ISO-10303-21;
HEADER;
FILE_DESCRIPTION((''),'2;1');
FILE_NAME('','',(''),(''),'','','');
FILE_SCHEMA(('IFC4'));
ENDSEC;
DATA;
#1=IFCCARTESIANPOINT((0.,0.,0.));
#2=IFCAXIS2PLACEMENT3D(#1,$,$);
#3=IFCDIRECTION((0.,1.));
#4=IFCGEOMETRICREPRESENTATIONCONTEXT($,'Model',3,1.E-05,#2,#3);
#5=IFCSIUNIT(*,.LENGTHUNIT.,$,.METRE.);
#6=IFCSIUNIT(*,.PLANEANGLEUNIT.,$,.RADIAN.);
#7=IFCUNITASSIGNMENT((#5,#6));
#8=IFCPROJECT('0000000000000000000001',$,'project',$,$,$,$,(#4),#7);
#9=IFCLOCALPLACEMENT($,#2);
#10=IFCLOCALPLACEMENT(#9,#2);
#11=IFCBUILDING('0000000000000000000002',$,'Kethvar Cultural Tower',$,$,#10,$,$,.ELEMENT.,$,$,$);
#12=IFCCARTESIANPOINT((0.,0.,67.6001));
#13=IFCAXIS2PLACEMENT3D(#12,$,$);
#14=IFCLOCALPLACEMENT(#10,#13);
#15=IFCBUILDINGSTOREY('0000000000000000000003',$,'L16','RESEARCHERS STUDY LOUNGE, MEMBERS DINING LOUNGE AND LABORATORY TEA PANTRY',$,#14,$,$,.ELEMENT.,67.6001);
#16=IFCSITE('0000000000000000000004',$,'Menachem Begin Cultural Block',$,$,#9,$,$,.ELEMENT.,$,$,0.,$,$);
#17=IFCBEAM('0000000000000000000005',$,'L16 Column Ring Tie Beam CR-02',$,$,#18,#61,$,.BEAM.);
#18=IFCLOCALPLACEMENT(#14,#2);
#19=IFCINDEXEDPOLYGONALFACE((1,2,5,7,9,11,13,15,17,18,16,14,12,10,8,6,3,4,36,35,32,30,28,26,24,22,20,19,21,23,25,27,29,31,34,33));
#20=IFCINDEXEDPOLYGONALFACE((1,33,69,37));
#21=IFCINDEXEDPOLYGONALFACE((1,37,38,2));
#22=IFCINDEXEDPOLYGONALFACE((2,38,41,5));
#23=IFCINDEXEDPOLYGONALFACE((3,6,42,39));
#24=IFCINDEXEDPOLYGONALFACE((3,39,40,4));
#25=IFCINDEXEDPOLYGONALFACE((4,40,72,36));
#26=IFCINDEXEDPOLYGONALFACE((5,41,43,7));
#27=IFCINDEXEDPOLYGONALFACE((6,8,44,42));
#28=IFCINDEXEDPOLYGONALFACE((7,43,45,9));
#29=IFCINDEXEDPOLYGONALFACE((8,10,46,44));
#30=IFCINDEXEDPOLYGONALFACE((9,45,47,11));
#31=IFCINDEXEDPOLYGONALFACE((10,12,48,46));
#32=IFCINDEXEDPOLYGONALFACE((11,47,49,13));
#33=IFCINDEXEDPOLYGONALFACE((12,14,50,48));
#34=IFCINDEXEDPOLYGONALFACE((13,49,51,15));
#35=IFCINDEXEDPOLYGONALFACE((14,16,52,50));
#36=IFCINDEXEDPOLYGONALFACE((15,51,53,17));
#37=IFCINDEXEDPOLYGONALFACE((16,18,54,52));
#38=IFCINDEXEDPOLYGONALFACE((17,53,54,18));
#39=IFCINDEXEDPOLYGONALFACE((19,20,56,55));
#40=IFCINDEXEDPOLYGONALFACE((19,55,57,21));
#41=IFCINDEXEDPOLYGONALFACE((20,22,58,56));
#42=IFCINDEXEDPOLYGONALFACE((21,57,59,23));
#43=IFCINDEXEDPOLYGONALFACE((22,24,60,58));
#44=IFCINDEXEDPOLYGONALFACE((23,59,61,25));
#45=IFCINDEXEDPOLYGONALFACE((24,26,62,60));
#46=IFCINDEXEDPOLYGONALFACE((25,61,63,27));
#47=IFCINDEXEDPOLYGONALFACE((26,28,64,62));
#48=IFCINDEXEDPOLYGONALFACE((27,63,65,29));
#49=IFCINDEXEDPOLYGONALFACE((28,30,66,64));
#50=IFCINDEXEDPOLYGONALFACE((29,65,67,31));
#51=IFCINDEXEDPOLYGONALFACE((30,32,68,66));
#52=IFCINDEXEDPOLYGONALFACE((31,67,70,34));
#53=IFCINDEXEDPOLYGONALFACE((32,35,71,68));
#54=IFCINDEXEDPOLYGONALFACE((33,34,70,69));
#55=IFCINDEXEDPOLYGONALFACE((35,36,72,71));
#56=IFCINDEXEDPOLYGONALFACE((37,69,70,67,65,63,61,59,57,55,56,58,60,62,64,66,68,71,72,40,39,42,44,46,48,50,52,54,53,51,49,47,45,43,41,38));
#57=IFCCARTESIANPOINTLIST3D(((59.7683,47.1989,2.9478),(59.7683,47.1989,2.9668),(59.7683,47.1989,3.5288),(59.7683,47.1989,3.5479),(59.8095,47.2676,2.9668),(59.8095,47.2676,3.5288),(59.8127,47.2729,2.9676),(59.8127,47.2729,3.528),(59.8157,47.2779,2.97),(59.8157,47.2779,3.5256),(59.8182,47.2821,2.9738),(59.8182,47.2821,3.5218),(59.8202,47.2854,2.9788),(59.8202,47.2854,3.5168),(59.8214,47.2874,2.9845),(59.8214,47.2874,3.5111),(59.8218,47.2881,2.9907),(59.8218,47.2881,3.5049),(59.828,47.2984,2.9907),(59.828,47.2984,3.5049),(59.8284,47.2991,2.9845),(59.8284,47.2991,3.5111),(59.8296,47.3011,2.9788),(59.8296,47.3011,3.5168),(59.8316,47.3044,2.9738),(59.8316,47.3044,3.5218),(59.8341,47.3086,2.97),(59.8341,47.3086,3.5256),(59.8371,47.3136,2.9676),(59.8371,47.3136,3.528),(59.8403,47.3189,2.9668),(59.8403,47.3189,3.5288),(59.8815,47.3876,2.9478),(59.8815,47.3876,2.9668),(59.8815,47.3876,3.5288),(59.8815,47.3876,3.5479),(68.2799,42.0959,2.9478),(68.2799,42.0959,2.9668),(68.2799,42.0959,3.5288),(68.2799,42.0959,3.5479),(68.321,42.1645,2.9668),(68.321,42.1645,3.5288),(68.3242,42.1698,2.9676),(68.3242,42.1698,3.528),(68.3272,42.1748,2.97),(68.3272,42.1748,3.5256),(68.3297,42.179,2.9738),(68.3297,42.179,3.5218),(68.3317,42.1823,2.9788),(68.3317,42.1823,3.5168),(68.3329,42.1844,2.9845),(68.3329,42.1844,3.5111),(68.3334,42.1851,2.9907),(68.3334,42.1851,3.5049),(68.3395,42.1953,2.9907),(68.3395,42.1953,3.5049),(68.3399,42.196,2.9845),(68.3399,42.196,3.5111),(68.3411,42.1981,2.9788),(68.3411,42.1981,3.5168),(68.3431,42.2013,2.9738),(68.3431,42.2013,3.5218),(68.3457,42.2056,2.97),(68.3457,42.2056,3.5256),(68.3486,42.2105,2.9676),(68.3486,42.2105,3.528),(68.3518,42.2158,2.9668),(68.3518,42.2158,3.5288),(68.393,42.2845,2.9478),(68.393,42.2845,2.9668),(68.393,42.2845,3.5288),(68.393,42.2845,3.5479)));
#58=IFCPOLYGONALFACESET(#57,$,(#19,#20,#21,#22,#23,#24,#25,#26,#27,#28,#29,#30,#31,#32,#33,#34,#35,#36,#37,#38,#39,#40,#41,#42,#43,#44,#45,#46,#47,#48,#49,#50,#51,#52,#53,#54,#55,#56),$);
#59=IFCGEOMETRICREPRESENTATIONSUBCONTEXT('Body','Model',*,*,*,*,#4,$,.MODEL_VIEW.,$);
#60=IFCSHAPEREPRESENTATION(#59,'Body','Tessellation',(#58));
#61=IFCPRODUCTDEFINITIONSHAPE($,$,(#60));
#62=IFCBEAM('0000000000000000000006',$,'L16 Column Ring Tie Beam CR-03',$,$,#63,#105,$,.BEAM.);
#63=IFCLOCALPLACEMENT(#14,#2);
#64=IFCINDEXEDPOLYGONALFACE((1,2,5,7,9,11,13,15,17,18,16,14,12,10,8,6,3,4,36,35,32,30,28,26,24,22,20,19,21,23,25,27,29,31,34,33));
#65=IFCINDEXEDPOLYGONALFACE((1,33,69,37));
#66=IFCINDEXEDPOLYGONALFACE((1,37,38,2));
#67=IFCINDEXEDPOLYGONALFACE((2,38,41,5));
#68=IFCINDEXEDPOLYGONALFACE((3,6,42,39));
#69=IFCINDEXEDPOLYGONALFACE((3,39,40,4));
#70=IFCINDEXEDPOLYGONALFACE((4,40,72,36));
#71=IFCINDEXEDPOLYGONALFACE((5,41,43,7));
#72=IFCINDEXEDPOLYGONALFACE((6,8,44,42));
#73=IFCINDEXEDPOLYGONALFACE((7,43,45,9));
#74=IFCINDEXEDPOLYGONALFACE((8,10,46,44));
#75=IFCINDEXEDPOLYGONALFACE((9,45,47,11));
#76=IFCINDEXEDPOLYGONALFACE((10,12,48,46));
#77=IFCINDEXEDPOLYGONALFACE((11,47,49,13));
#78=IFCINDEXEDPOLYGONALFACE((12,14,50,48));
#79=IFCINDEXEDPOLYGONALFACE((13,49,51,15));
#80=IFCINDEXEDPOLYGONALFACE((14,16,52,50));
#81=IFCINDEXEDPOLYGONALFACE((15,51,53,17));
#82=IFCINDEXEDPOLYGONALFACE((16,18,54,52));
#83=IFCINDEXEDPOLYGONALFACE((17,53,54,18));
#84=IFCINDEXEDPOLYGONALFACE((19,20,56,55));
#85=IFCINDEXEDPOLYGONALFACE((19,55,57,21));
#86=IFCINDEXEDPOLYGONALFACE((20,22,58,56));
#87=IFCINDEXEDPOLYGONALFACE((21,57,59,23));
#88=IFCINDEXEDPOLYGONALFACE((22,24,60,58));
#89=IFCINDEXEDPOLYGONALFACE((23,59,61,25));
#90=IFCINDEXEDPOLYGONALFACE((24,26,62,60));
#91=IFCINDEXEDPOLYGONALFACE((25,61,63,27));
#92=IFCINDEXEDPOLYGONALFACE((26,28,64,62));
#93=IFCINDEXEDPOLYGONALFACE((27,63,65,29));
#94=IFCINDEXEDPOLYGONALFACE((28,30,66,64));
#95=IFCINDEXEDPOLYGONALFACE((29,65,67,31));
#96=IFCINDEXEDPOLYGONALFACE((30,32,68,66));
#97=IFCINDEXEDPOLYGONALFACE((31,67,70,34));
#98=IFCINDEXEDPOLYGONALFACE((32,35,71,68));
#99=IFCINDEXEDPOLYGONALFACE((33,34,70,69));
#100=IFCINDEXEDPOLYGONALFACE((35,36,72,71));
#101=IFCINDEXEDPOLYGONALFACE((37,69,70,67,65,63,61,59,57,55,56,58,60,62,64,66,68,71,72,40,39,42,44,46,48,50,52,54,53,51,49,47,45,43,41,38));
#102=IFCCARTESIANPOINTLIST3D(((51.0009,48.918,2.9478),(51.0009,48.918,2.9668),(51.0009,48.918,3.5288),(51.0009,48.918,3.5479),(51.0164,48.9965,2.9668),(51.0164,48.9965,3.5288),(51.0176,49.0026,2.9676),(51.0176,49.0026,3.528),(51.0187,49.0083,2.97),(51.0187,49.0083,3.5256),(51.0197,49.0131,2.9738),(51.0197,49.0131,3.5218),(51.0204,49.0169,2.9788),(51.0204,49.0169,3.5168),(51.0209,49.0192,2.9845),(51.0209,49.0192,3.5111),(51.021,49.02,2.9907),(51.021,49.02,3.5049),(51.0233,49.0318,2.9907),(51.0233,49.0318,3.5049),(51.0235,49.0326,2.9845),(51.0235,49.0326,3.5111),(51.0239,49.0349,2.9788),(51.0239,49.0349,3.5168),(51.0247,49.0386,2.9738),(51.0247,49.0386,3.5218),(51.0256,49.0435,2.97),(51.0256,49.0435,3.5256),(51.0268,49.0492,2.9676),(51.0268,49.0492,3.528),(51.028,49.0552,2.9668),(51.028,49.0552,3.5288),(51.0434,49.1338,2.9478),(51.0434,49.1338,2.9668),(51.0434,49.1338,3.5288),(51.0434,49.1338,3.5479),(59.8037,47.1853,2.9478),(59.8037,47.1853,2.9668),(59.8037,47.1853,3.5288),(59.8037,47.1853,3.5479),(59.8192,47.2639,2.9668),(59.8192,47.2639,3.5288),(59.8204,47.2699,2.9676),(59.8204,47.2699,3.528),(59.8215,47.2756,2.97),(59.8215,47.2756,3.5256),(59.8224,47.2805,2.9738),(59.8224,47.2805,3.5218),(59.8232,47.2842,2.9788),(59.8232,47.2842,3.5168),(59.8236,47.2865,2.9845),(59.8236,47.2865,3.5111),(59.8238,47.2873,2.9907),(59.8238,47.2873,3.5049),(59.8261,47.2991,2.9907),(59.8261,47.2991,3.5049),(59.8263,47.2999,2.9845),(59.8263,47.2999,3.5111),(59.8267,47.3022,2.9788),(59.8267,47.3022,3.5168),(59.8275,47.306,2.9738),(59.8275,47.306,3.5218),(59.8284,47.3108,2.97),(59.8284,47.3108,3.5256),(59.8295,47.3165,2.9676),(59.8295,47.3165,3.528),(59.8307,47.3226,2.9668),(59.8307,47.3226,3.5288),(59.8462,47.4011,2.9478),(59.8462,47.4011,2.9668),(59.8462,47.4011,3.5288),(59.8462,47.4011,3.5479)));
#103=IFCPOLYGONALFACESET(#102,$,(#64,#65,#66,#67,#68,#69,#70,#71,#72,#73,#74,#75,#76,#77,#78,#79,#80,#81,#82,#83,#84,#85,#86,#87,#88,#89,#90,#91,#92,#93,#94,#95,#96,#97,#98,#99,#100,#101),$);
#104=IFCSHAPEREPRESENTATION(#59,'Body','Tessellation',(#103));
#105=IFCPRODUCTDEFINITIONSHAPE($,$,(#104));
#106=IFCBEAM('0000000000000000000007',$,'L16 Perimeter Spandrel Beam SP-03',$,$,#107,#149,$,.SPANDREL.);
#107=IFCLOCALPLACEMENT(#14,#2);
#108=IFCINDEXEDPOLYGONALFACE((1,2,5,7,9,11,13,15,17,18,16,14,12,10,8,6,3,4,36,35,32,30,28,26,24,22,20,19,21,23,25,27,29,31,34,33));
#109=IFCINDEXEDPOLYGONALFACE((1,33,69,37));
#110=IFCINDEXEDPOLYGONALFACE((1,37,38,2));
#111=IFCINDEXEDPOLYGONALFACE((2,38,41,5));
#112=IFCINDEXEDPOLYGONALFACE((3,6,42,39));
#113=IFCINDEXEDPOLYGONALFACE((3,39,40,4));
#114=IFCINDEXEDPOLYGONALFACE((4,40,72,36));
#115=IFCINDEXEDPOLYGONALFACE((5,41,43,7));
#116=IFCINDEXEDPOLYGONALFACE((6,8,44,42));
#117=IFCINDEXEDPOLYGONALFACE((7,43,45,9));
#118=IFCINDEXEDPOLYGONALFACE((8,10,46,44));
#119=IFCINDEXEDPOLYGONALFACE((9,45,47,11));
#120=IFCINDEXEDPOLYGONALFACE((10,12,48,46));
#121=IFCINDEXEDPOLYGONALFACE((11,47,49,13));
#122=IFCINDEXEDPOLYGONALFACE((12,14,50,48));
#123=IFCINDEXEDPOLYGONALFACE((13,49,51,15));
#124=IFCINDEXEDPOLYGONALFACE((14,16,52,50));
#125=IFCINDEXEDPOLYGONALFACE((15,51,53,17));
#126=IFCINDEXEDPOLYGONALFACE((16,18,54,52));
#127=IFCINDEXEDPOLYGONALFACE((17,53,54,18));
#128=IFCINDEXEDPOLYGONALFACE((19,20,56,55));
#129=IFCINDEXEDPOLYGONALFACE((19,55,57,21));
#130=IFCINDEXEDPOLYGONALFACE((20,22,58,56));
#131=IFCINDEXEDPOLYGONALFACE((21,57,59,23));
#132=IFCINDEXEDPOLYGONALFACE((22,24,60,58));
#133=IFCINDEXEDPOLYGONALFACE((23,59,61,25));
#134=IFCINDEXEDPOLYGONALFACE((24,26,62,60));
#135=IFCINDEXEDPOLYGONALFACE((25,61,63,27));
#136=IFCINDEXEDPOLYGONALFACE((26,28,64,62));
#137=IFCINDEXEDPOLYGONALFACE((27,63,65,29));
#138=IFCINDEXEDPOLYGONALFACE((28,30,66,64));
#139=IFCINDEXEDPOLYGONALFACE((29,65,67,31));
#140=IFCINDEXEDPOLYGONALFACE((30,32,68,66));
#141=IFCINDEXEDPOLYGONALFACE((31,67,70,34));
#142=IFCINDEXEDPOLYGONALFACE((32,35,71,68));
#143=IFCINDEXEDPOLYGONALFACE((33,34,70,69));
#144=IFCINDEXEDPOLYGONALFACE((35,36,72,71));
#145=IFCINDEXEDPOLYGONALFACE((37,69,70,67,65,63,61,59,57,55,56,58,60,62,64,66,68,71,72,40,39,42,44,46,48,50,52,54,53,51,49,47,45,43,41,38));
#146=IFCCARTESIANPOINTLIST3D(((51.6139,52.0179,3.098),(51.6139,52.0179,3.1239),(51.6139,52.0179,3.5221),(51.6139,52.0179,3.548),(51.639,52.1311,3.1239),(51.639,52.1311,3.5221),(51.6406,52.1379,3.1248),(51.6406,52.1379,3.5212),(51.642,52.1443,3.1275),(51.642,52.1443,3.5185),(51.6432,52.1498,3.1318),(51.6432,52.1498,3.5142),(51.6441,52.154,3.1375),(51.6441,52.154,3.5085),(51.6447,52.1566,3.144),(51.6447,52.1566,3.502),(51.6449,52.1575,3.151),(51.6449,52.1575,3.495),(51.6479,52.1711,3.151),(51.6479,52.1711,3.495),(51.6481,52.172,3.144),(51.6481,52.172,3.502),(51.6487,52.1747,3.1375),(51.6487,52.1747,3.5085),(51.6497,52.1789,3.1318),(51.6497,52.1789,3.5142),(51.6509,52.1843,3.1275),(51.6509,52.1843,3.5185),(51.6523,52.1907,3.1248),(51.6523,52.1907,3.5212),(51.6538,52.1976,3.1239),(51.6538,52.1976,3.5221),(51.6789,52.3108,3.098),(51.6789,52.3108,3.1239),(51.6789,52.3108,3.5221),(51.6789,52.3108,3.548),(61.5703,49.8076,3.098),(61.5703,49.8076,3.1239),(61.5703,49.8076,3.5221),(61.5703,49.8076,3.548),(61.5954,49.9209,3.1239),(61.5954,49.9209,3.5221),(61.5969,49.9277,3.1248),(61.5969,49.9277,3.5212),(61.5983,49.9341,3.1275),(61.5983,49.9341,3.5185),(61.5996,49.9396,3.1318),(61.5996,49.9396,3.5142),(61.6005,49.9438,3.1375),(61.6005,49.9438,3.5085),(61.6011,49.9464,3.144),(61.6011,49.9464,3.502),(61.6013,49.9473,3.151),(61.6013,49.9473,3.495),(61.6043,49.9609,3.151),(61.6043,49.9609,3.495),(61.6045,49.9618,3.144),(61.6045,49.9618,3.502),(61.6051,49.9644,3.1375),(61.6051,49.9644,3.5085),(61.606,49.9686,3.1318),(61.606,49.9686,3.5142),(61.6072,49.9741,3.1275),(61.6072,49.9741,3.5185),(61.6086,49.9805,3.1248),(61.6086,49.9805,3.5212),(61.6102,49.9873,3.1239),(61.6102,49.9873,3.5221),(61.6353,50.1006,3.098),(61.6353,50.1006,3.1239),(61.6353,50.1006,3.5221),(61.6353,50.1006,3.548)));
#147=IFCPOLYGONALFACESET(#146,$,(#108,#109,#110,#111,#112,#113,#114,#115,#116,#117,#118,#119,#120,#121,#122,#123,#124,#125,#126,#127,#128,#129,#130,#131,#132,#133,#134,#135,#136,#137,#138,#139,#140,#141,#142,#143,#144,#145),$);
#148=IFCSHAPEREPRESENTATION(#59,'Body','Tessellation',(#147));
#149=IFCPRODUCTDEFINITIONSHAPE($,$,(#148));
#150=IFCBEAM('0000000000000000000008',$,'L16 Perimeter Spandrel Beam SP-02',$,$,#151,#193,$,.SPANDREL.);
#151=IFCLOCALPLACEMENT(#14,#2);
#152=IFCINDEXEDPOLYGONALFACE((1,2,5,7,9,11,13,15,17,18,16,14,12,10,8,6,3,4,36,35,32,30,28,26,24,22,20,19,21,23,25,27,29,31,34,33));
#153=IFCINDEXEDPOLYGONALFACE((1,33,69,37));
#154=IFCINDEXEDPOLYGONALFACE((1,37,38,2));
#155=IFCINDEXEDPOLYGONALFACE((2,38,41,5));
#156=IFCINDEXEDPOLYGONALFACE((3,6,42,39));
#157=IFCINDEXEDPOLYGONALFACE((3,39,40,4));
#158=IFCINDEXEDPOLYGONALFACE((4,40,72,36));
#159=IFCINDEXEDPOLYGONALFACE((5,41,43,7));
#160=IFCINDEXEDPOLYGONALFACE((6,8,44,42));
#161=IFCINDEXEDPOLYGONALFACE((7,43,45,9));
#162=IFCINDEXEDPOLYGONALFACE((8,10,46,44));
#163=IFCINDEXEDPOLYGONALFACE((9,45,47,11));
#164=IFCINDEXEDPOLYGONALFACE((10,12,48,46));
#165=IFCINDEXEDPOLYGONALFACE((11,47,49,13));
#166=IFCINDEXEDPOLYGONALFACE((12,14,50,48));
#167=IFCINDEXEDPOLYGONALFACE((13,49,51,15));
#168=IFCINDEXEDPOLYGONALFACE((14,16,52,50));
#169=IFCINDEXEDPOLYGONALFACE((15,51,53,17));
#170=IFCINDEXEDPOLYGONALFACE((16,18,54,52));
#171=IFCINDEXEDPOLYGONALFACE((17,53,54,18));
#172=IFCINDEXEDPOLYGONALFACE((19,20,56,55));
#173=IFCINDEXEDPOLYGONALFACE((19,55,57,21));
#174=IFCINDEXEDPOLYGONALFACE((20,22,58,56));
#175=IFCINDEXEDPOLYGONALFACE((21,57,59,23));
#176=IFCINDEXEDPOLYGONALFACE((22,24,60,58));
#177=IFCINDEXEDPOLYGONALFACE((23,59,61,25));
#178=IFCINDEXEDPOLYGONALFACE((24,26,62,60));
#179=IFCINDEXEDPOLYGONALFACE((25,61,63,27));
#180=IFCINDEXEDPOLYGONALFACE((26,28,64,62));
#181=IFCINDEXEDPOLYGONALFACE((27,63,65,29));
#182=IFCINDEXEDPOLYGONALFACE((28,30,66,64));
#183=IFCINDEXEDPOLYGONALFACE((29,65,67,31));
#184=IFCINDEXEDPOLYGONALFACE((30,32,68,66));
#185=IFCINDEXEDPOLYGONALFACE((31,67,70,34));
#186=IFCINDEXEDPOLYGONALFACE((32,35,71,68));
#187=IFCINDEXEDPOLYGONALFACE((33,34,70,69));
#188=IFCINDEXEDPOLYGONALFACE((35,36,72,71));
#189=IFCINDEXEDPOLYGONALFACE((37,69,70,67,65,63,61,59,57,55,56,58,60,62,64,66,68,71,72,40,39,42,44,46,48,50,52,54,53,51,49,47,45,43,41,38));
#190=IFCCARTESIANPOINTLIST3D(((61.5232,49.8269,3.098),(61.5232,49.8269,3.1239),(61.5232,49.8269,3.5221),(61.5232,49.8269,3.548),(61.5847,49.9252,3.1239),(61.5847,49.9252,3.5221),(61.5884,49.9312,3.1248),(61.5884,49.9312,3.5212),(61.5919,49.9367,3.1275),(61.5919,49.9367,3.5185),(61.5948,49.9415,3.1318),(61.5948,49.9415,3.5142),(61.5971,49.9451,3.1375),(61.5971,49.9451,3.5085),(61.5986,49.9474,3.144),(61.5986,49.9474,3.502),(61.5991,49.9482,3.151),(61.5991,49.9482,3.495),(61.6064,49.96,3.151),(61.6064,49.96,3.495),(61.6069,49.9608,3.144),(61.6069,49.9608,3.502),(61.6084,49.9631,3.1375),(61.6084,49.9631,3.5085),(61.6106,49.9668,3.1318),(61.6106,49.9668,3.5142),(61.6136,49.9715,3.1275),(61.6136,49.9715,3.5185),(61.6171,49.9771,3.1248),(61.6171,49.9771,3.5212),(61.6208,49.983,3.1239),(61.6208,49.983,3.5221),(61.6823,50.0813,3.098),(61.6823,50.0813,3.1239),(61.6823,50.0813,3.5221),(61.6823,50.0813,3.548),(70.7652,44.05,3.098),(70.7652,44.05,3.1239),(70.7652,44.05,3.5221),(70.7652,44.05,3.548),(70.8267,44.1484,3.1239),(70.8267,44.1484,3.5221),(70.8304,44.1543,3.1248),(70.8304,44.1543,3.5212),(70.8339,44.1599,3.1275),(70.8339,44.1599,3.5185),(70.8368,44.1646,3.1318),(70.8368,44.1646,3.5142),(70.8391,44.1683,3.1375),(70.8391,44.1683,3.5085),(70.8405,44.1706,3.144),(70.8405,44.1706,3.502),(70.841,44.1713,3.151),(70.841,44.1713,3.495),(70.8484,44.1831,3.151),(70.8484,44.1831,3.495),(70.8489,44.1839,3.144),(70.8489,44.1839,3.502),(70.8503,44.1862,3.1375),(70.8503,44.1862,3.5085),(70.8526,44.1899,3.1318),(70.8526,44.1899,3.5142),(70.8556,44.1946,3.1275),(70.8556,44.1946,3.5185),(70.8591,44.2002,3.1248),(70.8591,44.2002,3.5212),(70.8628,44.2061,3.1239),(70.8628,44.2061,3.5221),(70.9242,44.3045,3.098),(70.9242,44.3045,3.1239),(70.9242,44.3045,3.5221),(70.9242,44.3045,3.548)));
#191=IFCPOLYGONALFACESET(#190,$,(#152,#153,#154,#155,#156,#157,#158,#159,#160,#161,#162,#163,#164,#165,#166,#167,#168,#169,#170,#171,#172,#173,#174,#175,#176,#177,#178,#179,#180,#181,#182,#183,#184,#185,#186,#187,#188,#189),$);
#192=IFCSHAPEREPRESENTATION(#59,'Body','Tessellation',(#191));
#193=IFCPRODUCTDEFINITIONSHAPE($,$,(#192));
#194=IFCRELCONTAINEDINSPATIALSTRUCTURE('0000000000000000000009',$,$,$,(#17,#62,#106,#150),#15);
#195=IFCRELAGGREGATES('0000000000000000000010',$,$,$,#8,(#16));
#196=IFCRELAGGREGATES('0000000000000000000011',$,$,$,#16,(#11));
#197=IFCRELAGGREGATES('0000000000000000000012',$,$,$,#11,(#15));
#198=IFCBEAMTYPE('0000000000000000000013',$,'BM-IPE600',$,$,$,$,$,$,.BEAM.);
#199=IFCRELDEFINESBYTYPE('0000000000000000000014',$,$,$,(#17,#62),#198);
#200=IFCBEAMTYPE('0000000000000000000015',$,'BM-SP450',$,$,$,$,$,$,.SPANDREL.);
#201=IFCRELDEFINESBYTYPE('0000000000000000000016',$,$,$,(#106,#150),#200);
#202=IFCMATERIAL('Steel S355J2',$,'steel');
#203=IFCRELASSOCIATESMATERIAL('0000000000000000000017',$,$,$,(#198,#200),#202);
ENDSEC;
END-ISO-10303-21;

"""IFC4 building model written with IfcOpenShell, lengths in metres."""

from ifc_helpers import new_model, si_unit, direction, frame, origin, origin_2d, place, context, subcontext, project, spatial, i_section, extrude, source, transform, mapped, material, material_profile, profile_set, type_object, element, save


model = new_model("IFC4")

# Units and contexts
model_context = context("Model", 3, precision=1e-05, world=origin(), true_north=direction((0.0, 1.0)))
body_context = subcontext(model_context, "Body", "Model", "MODEL_VIEW")
ifc_project = project(units=[si_unit("LENGTHUNIT", "METRE"), si_unit("PLANEANGLEUNIT", "RADIAN")], contexts=[model_context])

# Site, building, storey
site_placement = place(None, origin())
site = spatial("IfcSite", under=ifc_project, at=site_placement, Name="Menachem Begin Cultural Block", CompositionType="ELEMENT", RefElevation=0.0)
building_placement = place(site_placement, origin())
building = spatial("IfcBuilding", under=site, at=building_placement, Name="Kethvar Cultural Tower", CompositionType="ELEMENT")
storey_placement = place(building_placement, frame((0.0, 0.0, 67.6001)))
storey = spatial("IfcBuildingStorey", under=building, at=storey_placement, Name="L16", Description="RESEARCHERS STUDY LOUNGE, MEMBERS DINING LOUNGE AND LABORATORY TEA PANTRY", CompositionType="ELEMENT", Elevation=67.6001)

# Beams
ifc_material_1 = material(Name="Steel S355J2", Category="steel")
ifc_material_profile_1 = material_profile(ifc_material_1, i_section(OverallWidth=0.22, OverallDepth=0.6001, WebThickness=0.012, FlangeThickness=0.019, FilletRadius=0.0239, at=origin_2d()), Name="Steel S355J2 — IPE600")
ifc_profile_set_1 = profile_set([ifc_material_profile_1], Name="Steel S355J2 — IPE600")
beam_type_1 = type_object("IfcBeamType", Name="BM-IPE600", PredefinedType="BEAM", material=ifc_profile_set_1)
shared_shape_1 = source(origin(), body_context, "Body", "SweptSolid", [
    extrude(i_section(OverallWidth=0.22, OverallDepth=0.6001, WebThickness=0.012, FlangeThickness=0.019, FilletRadius=0.0239, at=origin_2d()), origin(), (0.0, 0.0, 1.0), 9.9241),
])
beam_1_placement = place(storey_placement, frame((68.3364, 42.1902, 3.2478), z_axis=(-0.857664, 0.51421, 0.0), x_axis=(-0.51421, -0.857664, 0.0)))
element("IfcBeam", 1, at=beam_1_placement, inside=storey, type_object=beam_type_1, Name="L16 Column Ring Tie Beam CR-02", PredefinedType="BEAM", context=body_context, shape_type="MappedRepresentation", body=[
    mapped(shared_shape_1, transform((0.0, 0.0, 0.0), scale=1.0)),
])
shared_shape_2 = source(origin(), body_context, "Body", "SweptSolid", [
    extrude(i_section(OverallWidth=0.22, OverallDepth=0.6001, WebThickness=0.012, FlangeThickness=0.019, FilletRadius=0.0239, at=origin_2d()), origin(), (0.0, 0.0, 1.0), 8.9717),
])
beam_2_placement = place(storey_placement, frame((59.825, 47.2932, 3.2478), z_axis=(-0.981174, 0.193127, 0.0), x_axis=(-0.193127, -0.981174, 0.0)))
element("IfcBeam", 2, at=beam_2_placement, inside=storey, type_object=beam_type_1, Name="L16 Column Ring Tie Beam CR-03", PredefinedType="BEAM", context=body_context, shape_type="MappedRepresentation", body=[
    mapped(shared_shape_2, transform((0.0, 0.0, 0.0), scale=1.0)),
])
ifc_material_profile_2 = material_profile(ifc_material_1, i_section(OverallWidth=0.3, OverallDepth=0.45, WebThickness=0.0139, FlangeThickness=0.0259, FilletRadius=0.0271, at=origin_2d()), Name="Steel S355J2 — HEB450")
ifc_profile_set_2 = profile_set([ifc_material_profile_2], Name="Steel S355J2 — HEB450")
beam_type_2 = type_object("IfcBeamType", Name="BM-SP450", PredefinedType="SPANDREL", material=ifc_profile_set_2)
shared_shape_3 = source(origin(), body_context, "Body", "SweptSolid", [
    extrude(i_section(OverallWidth=0.3, OverallDepth=0.45, WebThickness=0.0139, FlangeThickness=0.0259, FilletRadius=0.0271, at=origin_2d()), origin(), (0.0, 0.0, 1.0), 10.1987),
])
beam_3_placement = place(storey_placement, frame((61.6028, 49.9541, 3.323), z_axis=(-0.976235, 0.216715, 0.0), x_axis=(-0.216715, -0.976235, 0.0)))
element("IfcBeam", 3, at=beam_3_placement, inside=storey, type_object=beam_type_2, Name="L16 Perimeter Spandrel Beam SP-03", PredefinedType="SPANDREL", context=body_context, shape_type="MappedRepresentation", body=[
    mapped(shared_shape_3, transform((0.0, 0.0, 0.0), scale=1.0)),
])
shared_shape_4 = source(origin(), body_context, "Body", "SweptSolid", [
    extrude(i_section(OverallWidth=0.3, OverallDepth=0.45, WebThickness=0.0139, FlangeThickness=0.0259, FilletRadius=0.0271, at=origin_2d()), origin(), (0.0, 0.0, 1.0), 10.8989),
])
beam_4_placement = place(storey_placement, frame((70.8447, 44.1772, 3.323), z_axis=(-0.847972, 0.530041, 0.0), x_axis=(-0.530041, -0.847972, 0.0)))
element("IfcBeam", 4, at=beam_4_placement, inside=storey, type_object=beam_type_2, Name="L16 Perimeter Spandrel Beam SP-02", PredefinedType="SPANDREL", context=body_context, shape_type="MappedRepresentation", body=[
    mapped(shared_shape_4, transform((0.0, 0.0, 0.0), scale=1.0)),
])

save(model, "model.ifc")
